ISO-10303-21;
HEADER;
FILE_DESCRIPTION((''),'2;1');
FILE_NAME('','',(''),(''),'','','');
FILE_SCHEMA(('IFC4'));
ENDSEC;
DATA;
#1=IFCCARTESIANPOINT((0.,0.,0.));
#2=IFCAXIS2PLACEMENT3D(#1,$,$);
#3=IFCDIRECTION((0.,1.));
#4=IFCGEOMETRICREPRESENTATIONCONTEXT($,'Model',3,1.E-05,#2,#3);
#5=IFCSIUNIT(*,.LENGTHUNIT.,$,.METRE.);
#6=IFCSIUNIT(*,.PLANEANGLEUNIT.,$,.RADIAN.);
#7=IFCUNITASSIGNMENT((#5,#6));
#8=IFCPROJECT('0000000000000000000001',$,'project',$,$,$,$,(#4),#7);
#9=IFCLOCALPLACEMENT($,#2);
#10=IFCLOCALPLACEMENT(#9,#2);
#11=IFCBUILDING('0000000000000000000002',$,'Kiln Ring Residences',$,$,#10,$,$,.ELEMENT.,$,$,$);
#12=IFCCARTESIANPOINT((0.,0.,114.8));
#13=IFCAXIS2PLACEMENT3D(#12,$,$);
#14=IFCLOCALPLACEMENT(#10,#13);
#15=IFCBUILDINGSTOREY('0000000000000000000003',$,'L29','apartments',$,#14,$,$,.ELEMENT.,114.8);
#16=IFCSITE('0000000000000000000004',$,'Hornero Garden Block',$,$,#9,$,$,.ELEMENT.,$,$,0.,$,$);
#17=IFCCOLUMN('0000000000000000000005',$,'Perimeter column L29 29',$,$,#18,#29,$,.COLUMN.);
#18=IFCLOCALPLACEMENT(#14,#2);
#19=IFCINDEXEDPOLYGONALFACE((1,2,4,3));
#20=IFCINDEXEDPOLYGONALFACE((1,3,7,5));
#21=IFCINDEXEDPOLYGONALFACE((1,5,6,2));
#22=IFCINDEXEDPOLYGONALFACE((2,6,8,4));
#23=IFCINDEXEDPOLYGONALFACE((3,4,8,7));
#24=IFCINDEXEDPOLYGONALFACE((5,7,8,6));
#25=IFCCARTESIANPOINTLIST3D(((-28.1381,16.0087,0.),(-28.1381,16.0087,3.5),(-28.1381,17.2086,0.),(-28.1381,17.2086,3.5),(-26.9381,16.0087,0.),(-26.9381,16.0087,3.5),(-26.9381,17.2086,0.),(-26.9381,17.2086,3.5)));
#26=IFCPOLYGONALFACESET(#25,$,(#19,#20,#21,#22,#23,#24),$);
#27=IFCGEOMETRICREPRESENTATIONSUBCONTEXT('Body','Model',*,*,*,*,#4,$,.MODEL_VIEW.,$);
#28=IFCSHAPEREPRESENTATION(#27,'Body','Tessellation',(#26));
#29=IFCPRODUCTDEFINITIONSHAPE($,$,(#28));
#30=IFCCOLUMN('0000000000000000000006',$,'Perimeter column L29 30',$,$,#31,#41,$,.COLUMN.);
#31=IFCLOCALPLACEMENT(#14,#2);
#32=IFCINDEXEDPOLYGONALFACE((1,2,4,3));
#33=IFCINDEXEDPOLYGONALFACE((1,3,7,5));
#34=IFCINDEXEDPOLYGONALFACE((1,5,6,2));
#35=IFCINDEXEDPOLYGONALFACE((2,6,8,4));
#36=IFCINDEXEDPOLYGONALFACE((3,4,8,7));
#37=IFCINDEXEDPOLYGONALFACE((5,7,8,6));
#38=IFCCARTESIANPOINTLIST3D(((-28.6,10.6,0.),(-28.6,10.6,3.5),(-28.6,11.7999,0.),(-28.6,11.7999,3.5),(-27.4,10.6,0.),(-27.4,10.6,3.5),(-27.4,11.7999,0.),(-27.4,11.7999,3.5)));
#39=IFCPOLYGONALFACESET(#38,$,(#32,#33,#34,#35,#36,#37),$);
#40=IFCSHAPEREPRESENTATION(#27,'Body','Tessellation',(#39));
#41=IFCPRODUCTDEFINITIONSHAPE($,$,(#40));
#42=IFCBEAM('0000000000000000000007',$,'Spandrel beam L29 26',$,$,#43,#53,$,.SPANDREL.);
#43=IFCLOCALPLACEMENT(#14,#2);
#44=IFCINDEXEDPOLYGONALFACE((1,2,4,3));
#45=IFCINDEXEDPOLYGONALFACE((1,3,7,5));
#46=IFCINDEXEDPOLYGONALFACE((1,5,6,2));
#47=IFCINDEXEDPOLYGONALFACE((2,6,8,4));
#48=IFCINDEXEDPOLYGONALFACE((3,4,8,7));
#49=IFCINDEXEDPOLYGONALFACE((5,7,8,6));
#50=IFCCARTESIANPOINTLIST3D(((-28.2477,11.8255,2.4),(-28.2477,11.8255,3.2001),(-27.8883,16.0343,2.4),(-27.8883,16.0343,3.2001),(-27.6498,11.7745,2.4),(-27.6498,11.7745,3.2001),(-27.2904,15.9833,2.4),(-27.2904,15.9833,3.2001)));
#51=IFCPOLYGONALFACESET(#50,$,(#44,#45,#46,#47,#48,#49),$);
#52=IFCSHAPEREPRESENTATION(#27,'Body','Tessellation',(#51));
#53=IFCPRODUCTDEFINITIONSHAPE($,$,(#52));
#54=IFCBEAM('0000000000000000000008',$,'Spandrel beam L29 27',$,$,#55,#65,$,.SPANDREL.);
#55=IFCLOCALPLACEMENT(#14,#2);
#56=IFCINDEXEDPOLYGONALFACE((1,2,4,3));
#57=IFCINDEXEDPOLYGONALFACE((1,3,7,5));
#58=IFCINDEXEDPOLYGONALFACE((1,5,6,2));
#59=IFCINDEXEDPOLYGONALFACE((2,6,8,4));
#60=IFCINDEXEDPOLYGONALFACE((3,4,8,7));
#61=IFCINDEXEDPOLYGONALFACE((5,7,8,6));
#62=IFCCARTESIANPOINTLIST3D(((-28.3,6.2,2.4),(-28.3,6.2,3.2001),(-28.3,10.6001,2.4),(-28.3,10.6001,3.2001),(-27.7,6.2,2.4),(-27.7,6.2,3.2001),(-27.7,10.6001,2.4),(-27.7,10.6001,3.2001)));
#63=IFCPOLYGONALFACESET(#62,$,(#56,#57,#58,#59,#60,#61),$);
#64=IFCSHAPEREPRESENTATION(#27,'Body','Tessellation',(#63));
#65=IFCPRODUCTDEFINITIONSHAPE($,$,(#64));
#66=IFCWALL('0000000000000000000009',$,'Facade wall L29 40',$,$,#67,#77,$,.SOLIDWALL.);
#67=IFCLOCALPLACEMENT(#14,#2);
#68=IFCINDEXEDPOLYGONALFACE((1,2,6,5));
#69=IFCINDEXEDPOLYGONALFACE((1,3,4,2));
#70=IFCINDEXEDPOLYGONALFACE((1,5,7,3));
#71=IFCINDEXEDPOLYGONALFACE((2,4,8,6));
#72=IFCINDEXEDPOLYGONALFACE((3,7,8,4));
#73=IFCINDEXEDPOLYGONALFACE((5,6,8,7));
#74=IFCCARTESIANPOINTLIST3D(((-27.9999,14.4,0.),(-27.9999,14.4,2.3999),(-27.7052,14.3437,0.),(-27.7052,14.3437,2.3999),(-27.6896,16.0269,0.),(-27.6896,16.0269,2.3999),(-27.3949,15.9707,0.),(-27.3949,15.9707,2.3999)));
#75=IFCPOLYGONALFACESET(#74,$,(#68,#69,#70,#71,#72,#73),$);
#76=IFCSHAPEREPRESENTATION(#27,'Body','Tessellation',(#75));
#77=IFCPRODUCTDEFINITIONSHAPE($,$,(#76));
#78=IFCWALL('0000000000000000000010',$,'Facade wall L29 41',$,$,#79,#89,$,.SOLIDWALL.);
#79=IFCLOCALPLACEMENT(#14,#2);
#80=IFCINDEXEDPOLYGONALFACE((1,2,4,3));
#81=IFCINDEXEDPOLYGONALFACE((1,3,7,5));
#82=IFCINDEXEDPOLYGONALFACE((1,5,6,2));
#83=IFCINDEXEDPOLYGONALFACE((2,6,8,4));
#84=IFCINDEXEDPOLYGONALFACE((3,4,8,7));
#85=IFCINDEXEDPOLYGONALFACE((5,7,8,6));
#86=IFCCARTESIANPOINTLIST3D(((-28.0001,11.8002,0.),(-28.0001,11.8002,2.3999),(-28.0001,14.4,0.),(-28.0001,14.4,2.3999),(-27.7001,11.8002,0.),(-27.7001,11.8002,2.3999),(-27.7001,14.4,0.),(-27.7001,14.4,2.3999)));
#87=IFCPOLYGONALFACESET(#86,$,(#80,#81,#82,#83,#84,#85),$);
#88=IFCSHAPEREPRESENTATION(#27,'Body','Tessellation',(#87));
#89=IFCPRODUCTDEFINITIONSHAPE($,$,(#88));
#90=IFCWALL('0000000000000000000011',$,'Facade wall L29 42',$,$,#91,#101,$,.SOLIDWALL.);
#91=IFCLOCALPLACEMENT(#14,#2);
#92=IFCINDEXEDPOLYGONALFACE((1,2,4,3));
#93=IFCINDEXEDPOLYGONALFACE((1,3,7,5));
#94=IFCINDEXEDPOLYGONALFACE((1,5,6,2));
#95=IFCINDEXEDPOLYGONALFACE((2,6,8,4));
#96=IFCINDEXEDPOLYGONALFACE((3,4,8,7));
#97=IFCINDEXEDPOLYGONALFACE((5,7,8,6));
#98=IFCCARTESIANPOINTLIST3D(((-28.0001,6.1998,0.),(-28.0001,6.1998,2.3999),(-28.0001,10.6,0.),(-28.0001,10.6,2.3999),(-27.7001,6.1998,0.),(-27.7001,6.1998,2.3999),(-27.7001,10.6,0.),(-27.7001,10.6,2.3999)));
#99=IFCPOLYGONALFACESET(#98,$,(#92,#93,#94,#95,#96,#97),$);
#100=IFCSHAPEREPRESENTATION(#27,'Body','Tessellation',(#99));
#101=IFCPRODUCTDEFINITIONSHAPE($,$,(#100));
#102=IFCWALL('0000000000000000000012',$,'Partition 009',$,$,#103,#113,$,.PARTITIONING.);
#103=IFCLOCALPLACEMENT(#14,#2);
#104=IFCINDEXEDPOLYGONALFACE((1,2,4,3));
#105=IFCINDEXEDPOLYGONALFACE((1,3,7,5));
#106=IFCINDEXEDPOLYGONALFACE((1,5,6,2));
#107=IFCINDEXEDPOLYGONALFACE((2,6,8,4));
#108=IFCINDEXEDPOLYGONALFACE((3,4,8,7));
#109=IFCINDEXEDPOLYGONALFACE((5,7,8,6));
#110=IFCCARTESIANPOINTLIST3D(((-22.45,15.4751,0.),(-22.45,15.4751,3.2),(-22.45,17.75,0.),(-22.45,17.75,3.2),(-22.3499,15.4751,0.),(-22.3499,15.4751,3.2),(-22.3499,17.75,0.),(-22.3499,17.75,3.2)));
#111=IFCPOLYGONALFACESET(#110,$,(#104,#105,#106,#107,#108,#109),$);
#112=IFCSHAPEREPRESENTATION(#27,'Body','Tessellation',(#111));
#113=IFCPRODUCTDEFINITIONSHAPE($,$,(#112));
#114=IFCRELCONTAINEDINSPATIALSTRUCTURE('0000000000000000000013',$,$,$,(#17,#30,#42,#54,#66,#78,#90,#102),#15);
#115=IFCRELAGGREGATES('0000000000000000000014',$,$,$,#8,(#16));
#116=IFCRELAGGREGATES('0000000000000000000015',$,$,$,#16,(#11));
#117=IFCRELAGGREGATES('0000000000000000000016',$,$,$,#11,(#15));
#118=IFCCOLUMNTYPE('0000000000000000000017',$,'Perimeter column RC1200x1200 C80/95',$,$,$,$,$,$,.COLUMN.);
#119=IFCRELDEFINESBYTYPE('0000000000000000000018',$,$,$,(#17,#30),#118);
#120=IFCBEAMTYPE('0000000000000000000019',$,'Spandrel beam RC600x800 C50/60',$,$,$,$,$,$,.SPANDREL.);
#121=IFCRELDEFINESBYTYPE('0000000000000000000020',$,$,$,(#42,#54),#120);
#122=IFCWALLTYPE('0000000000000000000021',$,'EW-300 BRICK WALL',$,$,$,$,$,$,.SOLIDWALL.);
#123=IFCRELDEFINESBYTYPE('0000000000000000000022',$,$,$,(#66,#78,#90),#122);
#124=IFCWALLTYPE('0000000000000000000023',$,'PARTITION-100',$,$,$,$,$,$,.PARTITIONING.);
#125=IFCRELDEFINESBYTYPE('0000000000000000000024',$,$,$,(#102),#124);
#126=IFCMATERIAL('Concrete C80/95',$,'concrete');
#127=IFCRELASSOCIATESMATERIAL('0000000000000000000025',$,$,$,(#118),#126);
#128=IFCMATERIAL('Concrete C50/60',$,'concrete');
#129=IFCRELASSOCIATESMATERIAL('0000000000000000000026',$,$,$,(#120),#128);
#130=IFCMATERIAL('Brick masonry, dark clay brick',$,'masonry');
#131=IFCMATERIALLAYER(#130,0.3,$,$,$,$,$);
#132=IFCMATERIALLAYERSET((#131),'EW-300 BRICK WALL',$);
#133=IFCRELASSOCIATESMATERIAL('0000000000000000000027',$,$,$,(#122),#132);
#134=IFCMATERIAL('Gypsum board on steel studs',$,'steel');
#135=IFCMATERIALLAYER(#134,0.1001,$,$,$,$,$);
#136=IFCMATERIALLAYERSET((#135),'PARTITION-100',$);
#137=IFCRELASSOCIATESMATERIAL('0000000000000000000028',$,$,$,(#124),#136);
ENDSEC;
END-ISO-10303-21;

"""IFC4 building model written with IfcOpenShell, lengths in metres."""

from ifc_helpers import new_model, si_unit, direction, frame, frame_2d, origin, origin_2d, place, context, subcontext, project, spatial, rectangle, extrude, material, layer, layer_set, material_profile, profile_set, type_object, element, save


model = new_model("IFC4")

# Units and contexts
model_context = context("Model", 3, precision=1e-05, world=origin(), true_north=direction((0.0, 1.0)))
body_context = subcontext(model_context, "Body", "Model", "MODEL_VIEW")
ifc_project = project(units=[si_unit("LENGTHUNIT", "METRE"), si_unit("PLANEANGLEUNIT", "RADIAN")], contexts=[model_context])

# Site, building, storey
site_placement = place(None, origin())
site = spatial("IfcSite", under=ifc_project, at=site_placement, Name="Hornero Garden Block", CompositionType="ELEMENT", RefElevation=0.0)
building_placement = place(site_placement, origin())
building = spatial("IfcBuilding", under=site, at=building_placement, Name="Kiln Ring Residences", CompositionType="ELEMENT")
storey_placement = place(building_placement, frame((0.0, 0.0, 114.8)))
storey = spatial("IfcBuildingStorey", under=building, at=storey_placement, Name="L29", Description="apartments", CompositionType="ELEMENT", Elevation=114.8)

# Columns
ifc_material_1 = material(Name="Concrete C80/95", Category="concrete")
ifc_material_profile_1 = material_profile(ifc_material_1, rectangle(XDim=1.2, YDim=1.2, at=origin_2d()), Name="RC1200x1200")
ifc_profile_set_1 = profile_set([ifc_material_profile_1], Name="Concrete C80/95")
column_type = type_object("IfcColumnType", Name="Perimeter column RC1200x1200 C80/95", PredefinedType="COLUMN", material=ifc_profile_set_1)
for number, where, z_axis, x_axis, name in (
    (1, (-27.5381, 16.6086, 0.0), (0.0, 0.0, 1.0), (1.0, 0.0, 0.0), "Perimeter column L29 29"),
    (2, (-28.0, 11.2, 0.0), (0.0, 0.0, 1.0), (1.0, 0.0, 0.0), "Perimeter column L29 30"),
):
    element("IfcColumn", number, at=place(storey_placement, frame(where, z_axis=z_axis, x_axis=x_axis)), inside=storey, type_object=column_type, Name=name, PredefinedType="COLUMN", context=body_context, shape_type="SweptSolid", body=[
        extrude(rectangle(XDim=1.2, YDim=1.2, at=origin_2d()), origin(), (0.0, 0.0, 1.0), 3.5),
    ])

# Beams
ifc_material_2 = material(Name="Concrete C50/60", Category="concrete")
ifc_material_profile_2 = material_profile(ifc_material_2, rectangle(XDim=0.6001, YDim=0.8, at=origin_2d()), Name="RC600x800")
ifc_profile_set_2 = profile_set([ifc_material_profile_2], Name="Concrete C50/60")
beam_type = type_object("IfcBeamType", Name="Spandrel beam RC600x800 C50/60", PredefinedType="SPANDREL", material=ifc_profile_set_2)
beam_1_placement = place(storey_placement, frame((-27.5894, 16.0088, 2.8), z_axis=(-0.085078, -0.996374, 0.0), x_axis=(0.996374, -0.085078, 0.0)))
element("IfcBeam", 3, at=beam_1_placement, inside=storey, type_object=beam_type, Name="Spandrel beam L29 26", PredefinedType="SPANDREL", context=body_context, shape_type="SweptSolid", body=[
    extrude(rectangle(XDim=0.6001, YDim=0.8, at=origin_2d()), origin(), (0.0, 0.0, 1.0), 4.2241),
])
beam_2_placement = place(storey_placement, frame((-28.0, 10.6001, 2.8), z_axis=(0.0, -1.0, 0.0), x_axis=(1.0, 0.0, 0.0)))
element("IfcBeam", 4, at=beam_2_placement, inside=storey, type_object=beam_type, Name="Spandrel beam L29 27", PredefinedType="SPANDREL", context=body_context, shape_type="SweptSolid", body=[
    extrude(rectangle(XDim=0.6001, YDim=0.8, at=origin_2d()), origin(), (0.0, 0.0, 1.0), 4.4001),
])

# Walls
ifc_material_3 = material(Name="Brick masonry, dark clay brick", Category="masonry")
ifc_layer_1 = layer(ifc_material_3, 0.3)
ifc_layer_set_1 = layer_set([ifc_layer_1], Name="EW-300 BRICK WALL")
wall_type_1 = type_object("IfcWallType", Name="EW-300 BRICK WALL", PredefinedType="SOLIDWALL", material=ifc_layer_set_1)
wall_1_placement = place(storey_placement, frame((-27.5422, 15.9988, 0.0), z_axis=(0.0, 0.0, 1.0), x_axis=(-0.187349, -0.982293, 0.0)))
element("IfcWall", 5, at=wall_1_placement, inside=storey, type_object=wall_type_1, Name="Facade wall L29 40", PredefinedType="SOLIDWALL", context=body_context, shape_type="SweptSolid", body=[
    extrude(rectangle(XDim=1.6562, YDim=0.3, at=frame_2d((0.8281, 0.0))), origin(), (0.0, 0.0, 1.0), 2.3999),
])
wall_2_placement = place(storey_placement, frame((-27.8501, 14.3999, 0.0), z_axis=(0.0, 0.0, 1.0), x_axis=(0.0, -1.0, 0.0)))
element("IfcWall", 6, at=wall_2_placement, inside=storey, type_object=wall_type_1, Name="Facade wall L29 41", PredefinedType="SOLIDWALL", context=body_context, shape_type="SweptSolid", body=[
    extrude(rectangle(XDim=2.5999, YDim=0.3, at=frame_2d((1.2998, 0.0))), origin(), (0.0, 0.0, 1.0), 2.3999),
])
wall_3_placement = place(storey_placement, frame((-27.8501, 10.6001, 0.0), z_axis=(0.0, 0.0, 1.0), x_axis=(0.0, -1.0, 0.0)))
element("IfcWall", 7, at=wall_3_placement, inside=storey, type_object=wall_type_1, Name="Facade wall L29 42", PredefinedType="SOLIDWALL", context=body_context, shape_type="SweptSolid", body=[
    extrude(rectangle(XDim=4.4001, YDim=0.3, at=frame_2d((2.2002, 0.0))), origin(), (0.0, 0.0, 1.0), 2.3999),
])
ifc_material_4 = material(Name="Gypsum board on steel studs", Category="steel")
ifc_layer_2 = layer(ifc_material_4, 0.1001)
ifc_layer_set_2 = layer_set([ifc_layer_2], Name="PARTITION-100")
wall_type_2 = type_object("IfcWallType", Name="PARTITION-100", PredefinedType="PARTITIONING", material=ifc_layer_set_2)
wall_4_placement = place(storey_placement, frame((-22.3999, 15.4751, 0.0), z_axis=(0.0, 0.0, 1.0), x_axis=(0.0, 1.0, 0.0)))
element("IfcWall", 8, at=wall_4_placement, inside=storey, type_object=wall_type_2, Name="Partition 009", PredefinedType="PARTITIONING", context=body_context, shape_type="SweptSolid", body=[
    extrude(rectangle(XDim=2.2749, YDim=0.1001, at=frame_2d((1.1375, 0.0))), origin(), (0.0, 0.0, 1.0), 3.2),
])

save(model, "model.ifc")
